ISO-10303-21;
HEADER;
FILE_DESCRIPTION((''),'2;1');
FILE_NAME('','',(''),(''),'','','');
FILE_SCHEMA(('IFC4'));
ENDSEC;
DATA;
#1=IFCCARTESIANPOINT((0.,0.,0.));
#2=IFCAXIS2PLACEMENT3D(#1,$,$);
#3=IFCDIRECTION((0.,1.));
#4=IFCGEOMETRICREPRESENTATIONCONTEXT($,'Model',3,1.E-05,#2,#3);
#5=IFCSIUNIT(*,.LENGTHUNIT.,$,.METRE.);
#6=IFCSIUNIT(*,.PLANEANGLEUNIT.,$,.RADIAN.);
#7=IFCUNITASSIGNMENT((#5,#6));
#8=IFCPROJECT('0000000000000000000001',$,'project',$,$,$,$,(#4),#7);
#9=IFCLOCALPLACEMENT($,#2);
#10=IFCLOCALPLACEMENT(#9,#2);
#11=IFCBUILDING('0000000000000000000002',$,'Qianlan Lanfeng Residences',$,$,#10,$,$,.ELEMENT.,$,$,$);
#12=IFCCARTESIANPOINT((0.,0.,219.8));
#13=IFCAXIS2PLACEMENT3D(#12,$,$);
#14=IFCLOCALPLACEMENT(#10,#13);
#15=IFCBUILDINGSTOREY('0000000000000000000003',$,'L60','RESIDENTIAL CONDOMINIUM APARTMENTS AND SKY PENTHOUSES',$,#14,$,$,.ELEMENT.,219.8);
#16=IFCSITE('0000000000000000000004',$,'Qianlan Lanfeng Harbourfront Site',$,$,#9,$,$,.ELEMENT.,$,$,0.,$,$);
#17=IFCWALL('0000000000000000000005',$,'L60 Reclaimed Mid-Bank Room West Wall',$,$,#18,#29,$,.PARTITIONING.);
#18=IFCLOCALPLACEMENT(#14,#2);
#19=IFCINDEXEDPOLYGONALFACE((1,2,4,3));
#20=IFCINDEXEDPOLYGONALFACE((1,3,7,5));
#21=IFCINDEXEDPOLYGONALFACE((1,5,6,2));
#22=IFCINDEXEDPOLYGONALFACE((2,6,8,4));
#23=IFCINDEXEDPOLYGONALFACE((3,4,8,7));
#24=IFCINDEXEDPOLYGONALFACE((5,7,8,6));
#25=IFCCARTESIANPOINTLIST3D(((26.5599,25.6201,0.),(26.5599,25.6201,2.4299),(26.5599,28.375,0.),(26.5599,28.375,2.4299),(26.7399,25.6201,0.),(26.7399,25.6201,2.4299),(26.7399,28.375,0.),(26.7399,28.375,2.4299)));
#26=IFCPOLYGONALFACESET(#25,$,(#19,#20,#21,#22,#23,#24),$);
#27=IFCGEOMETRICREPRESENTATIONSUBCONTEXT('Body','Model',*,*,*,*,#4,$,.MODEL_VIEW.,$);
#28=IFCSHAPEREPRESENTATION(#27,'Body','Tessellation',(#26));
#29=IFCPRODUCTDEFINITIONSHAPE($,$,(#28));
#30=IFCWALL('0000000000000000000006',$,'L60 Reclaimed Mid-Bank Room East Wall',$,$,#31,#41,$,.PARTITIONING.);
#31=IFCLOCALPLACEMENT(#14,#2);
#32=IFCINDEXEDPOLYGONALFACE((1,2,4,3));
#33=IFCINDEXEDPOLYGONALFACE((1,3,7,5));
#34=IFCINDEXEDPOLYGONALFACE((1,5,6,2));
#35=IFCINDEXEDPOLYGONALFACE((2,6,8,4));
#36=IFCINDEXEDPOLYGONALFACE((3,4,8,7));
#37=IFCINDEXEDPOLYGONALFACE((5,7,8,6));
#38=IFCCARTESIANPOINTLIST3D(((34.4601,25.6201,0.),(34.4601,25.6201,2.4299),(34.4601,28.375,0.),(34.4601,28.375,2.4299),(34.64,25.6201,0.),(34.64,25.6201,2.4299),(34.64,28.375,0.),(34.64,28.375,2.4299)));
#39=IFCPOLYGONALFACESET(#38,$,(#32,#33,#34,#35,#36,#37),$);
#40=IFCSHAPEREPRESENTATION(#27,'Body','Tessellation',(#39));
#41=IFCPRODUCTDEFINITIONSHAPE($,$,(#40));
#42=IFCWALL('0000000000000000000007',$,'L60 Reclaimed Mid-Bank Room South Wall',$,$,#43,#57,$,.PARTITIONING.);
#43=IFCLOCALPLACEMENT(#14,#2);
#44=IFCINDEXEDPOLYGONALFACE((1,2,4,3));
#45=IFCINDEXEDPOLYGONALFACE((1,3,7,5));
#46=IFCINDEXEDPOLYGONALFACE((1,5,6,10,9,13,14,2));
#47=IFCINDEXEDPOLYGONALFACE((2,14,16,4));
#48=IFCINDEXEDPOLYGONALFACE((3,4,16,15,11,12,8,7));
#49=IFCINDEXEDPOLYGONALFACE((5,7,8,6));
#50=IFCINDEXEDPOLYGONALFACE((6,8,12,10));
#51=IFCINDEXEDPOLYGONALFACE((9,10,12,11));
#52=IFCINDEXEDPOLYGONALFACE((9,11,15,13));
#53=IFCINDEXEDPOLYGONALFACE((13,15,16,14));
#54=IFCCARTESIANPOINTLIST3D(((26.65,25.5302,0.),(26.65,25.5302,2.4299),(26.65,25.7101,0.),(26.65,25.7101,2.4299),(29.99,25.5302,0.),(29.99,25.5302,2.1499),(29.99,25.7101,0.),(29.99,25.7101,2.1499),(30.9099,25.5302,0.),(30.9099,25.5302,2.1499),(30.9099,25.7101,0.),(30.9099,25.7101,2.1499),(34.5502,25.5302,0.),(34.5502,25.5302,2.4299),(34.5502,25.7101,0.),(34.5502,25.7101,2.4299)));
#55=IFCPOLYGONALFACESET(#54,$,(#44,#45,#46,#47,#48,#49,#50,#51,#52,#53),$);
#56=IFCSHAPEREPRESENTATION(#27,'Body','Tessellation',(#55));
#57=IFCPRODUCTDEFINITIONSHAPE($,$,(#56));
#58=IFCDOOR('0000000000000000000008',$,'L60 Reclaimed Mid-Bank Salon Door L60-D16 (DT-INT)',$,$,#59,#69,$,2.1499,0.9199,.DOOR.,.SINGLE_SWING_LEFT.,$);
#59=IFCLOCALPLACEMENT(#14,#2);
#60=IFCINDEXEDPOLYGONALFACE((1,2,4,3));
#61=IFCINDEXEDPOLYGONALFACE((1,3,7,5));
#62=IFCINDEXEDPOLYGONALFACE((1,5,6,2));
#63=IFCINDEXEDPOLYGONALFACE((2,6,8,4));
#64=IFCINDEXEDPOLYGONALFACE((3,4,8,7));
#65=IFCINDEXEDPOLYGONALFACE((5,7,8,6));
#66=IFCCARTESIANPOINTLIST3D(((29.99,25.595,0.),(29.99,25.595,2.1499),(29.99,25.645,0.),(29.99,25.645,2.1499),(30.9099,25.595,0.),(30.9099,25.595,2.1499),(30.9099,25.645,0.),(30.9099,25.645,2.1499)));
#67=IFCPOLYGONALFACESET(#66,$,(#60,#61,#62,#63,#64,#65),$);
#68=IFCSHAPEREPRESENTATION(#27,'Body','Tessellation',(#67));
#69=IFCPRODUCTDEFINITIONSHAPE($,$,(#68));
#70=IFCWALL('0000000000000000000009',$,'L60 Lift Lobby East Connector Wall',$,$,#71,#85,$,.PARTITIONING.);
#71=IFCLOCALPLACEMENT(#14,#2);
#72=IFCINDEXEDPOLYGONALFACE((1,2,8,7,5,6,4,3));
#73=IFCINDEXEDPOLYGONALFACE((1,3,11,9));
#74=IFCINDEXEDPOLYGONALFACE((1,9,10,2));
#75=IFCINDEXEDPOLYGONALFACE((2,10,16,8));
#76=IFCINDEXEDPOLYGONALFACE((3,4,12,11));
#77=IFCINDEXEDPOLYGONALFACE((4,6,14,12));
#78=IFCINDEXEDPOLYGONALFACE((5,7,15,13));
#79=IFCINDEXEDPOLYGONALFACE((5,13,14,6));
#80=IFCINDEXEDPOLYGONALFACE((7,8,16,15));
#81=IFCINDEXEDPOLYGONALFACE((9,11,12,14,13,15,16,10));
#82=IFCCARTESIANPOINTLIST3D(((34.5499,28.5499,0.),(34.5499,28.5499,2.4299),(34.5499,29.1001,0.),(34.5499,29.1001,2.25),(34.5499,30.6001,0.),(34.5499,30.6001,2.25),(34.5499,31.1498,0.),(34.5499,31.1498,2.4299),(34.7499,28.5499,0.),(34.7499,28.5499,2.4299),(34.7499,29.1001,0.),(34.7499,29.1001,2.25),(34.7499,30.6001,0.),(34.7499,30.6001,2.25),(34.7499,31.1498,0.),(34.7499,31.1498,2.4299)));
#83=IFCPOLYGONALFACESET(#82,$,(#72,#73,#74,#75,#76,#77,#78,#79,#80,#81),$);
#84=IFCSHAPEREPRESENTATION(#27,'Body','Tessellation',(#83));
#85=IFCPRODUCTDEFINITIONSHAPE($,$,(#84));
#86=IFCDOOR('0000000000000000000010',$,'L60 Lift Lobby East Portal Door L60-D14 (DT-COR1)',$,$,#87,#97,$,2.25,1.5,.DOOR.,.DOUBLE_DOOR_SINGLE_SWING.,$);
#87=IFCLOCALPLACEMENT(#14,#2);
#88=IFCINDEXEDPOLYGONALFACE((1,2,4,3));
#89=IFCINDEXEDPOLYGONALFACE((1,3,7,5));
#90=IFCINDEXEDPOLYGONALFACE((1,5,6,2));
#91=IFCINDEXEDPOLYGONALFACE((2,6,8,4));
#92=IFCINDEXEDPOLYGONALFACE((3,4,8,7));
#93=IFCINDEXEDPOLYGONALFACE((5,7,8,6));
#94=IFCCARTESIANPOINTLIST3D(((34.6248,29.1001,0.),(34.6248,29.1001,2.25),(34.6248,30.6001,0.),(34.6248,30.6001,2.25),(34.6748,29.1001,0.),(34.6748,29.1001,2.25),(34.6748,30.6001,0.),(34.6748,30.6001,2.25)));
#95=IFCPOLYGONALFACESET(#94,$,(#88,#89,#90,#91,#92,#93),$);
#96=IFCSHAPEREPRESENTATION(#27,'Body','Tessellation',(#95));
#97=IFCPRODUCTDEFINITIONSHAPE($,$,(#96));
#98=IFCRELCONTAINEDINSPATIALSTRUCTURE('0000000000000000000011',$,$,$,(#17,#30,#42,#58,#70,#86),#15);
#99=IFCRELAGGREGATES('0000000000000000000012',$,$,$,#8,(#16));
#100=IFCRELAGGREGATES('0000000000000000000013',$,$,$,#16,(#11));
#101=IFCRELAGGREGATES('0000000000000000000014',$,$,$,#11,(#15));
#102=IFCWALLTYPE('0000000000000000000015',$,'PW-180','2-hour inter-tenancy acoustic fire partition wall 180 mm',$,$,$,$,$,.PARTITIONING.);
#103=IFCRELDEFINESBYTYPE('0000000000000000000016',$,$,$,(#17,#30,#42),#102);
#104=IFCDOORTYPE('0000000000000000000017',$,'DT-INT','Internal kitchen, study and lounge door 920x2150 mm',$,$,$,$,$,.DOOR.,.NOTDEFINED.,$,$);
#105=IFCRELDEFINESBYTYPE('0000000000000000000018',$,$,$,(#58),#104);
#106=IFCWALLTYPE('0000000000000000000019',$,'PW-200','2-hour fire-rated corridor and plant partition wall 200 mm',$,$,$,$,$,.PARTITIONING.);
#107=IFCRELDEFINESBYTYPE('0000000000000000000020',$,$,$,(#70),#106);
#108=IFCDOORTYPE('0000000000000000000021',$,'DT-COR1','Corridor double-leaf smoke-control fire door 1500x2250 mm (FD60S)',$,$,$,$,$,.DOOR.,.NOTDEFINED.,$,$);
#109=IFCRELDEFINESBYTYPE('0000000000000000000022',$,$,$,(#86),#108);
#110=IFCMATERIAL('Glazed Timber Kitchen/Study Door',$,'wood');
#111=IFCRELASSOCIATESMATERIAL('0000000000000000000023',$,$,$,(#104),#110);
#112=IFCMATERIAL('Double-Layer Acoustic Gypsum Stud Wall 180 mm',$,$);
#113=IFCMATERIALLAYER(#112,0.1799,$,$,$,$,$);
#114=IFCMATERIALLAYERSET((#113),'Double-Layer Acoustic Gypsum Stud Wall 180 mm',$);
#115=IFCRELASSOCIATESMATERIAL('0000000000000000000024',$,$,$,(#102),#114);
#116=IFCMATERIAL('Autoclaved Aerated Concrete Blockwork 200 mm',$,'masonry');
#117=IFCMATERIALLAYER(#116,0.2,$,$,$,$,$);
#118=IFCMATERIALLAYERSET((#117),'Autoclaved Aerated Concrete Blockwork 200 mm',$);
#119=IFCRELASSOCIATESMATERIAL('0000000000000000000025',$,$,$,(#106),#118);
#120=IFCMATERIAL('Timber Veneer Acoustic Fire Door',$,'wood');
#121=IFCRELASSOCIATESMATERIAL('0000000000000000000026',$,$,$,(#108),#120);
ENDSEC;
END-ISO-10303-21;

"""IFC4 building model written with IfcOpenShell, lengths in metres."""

from ifc_helpers import new_model, si_unit, direction, frame, frame_2d, origin, place, context, subcontext, project, spatial, rectangle, extrude, material, layer, layer_set, type_object, element, fill, save


model = new_model("IFC4")

# Units and contexts
model_context = context("Model", 3, precision=1e-05, world=origin(), true_north=direction((0.0, 1.0)))
body_context = subcontext(model_context, "Body", "Model", "MODEL_VIEW")
ifc_project = project(units=[si_unit("LENGTHUNIT", "METRE"), si_unit("PLANEANGLEUNIT", "RADIAN")], contexts=[model_context])

# Site, building, storey
site_placement = place(None, origin())
site = spatial("IfcSite", under=ifc_project, at=site_placement, Name="Qianlan Lanfeng Harbourfront Site", CompositionType="ELEMENT", RefElevation=0.0)
building_placement = place(site_placement, origin())
building = spatial("IfcBuilding", under=site, at=building_placement, Name="Qianlan Lanfeng Residences", CompositionType="ELEMENT")
storey_placement = place(building_placement, frame((0.0, 0.0, 219.8)))
storey = spatial("IfcBuildingStorey", under=building, at=storey_placement, Name="L60", Description="RESIDENTIAL CONDOMINIUM APARTMENTS AND SKY PENTHOUSES", CompositionType="ELEMENT", Elevation=219.8)

# Shared definitions
ifc_material_1 = material(Name="Glazed Timber Kitchen/Study Door", Category="wood")
door_type_1 = type_object("IfcDoorType", Name="DT-INT", Description="Internal kitchen, study and lounge door 920x2150 mm", OperationType="NOTDEFINED", PredefinedType="DOOR", material=ifc_material_1)

# Shared definitions
ifc_material_2 = material(Name="Double-Layer Acoustic Gypsum Stud Wall 180 mm")
ifc_layer_1 = layer(ifc_material_2, 0.1799)
ifc_layer_set_1 = layer_set([ifc_layer_1], Name="Double-Layer Acoustic Gypsum Stud Wall 180 mm")
wall_type_1 = type_object("IfcWallType", Name="PW-180", Description="2-hour inter-tenancy acoustic fire partition wall 180 mm", PredefinedType="PARTITIONING", material=ifc_layer_set_1)

# Walls
for number, where, z_axis, x_axis, name in (
    (1, (26.6499, 25.6201, 0.0), (0.0, 0.0, 1.0), (0.0, 1.0, 0.0), "L60 Reclaimed Mid-Bank Room West Wall"),
    (2, (34.55, 25.6201, 0.0), (0.0, 0.0, 1.0), (0.0, 1.0, 0.0), "L60 Reclaimed Mid-Bank Room East Wall"),
):
    element("IfcWall", number, at=place(storey_placement, frame(where, z_axis=z_axis, x_axis=x_axis)), inside=storey, type_object=wall_type_1, Name=name, PredefinedType="PARTITIONING", context=body_context, shape_type="SweptSolid", body=[
        extrude(rectangle(XDim=2.7549, YDim=0.1799, at=frame_2d((1.3774, 0.0))), origin(), (0.0, 0.0, 1.0), 2.4299),
    ])

# Walls, openings, doors
wall_1_placement = place(storey_placement, frame((26.6499, 25.6201, 0.0), z_axis=(0.0, 0.0, 1.0), x_axis=(1.0, 0.0, 0.0)))
wall_1 = element("IfcWall", 3, at=wall_1_placement, inside=storey, type_object=wall_type_1, Name="L60 Reclaimed Mid-Bank Room South Wall", PredefinedType="PARTITIONING", context=body_context, shape_type="SweptSolid", body=[
    extrude(rectangle(XDim=7.9001, YDim=0.1799, at=frame_2d((3.9502, 0.0))), origin(), (0.0, 0.0, 1.0), 2.4299),
])
opening_1_placement = place(wall_1_placement, frame((3.3401, 0.0, 0.0)))
opening_1 = element("IfcOpeningElement", 4, at=opening_1_placement, cuts=wall_1, PredefinedType="OPENING", context=body_context, shape_type="SweptSolid", body=[
    extrude(rectangle(XDim=0.9199, YDim=2.1499, at=frame_2d((0.46, 1.075))), frame((0.0, 0.1001, 0.0), z_axis=(0.0, -1.0, 0.0), x_axis=(1.0, 0.0, 0.0)), (0.0, 0.0, 1.0), 0.2),
])
door_1_placement = place(opening_1_placement, origin())
door_1 = element("IfcDoor", 5, at=door_1_placement, inside=storey, type_object=door_type_1, Name="L60 Reclaimed Mid-Bank Salon Door L60-D16 (DT-INT)", OperationType="SINGLE_SWING_LEFT", OverallHeight=2.1499, OverallWidth=0.9199, PredefinedType="DOOR", context=body_context, shape_type="SweptSolid", body=[
    extrude(rectangle(XDim=0.9199, YDim=2.1499, at=frame_2d((0.46, 1.075))), frame((0.0, 0.0249, 0.0), z_axis=(0.0, -1.0, 0.0), x_axis=(1.0, 0.0, 0.0)), (0.0, 0.0, 1.0), 0.05),
])
fill(opening_1, door_1)
ifc_material_3 = material(Name="Autoclaved Aerated Concrete Blockwork 200 mm", Category="masonry")
ifc_layer_2 = layer(ifc_material_3, 0.2)
ifc_layer_set_2 = layer_set([ifc_layer_2], Name="Autoclaved Aerated Concrete Blockwork 200 mm")
wall_type_2 = type_object("IfcWallType", Name="PW-200", Description="2-hour fire-rated corridor and plant partition wall 200 mm", PredefinedType="PARTITIONING", material=ifc_layer_set_2)
wall_2_placement = place(storey_placement, frame((34.6499, 28.55, 0.0), z_axis=(0.0, 0.0, 1.0), x_axis=(0.0, 1.0, 0.0)))
wall_2 = element("IfcWall", 6, at=wall_2_placement, inside=storey, type_object=wall_type_2, Name="L60 Lift Lobby East Connector Wall", PredefinedType="PARTITIONING", context=body_context, shape_type="SweptSolid", body=[
    extrude(rectangle(XDim=2.5999, YDim=0.2, at=frame_2d((1.2998, 0.0))), origin(), (0.0, 0.0, 1.0), 2.4299),
])
opening_2_placement = place(wall_2_placement, frame((0.55, 0.0, 0.0)))
opening_2 = element("IfcOpeningElement", 7, at=opening_2_placement, cuts=wall_2, PredefinedType="OPENING", context=body_context, shape_type="SweptSolid", body=[
    extrude(rectangle(XDim=1.5, YDim=2.25, at=frame_2d((0.75, 1.125))), frame((0.0, 0.1099, 0.0), z_axis=(0.0, -1.0, 0.0), x_axis=(1.0, 0.0, 0.0)), (0.0, 0.0, 1.0), 0.22),
])
ifc_material_4 = material(Name="Timber Veneer Acoustic Fire Door", Category="wood")
door_type_2 = type_object("IfcDoorType", Name="DT-COR1", Description="Corridor double-leaf smoke-control fire door 1500x2250 mm (FD60S)", OperationType="NOTDEFINED", PredefinedType="DOOR", material=ifc_material_4)
door_2_placement = place(opening_2_placement, frame((1.5, 0.0, 0.0), z_axis=(0.0, 0.0, 1.0), x_axis=(-1.0, 0.0, 0.0)))
door_2 = element("IfcDoor", 8, at=door_2_placement, inside=storey, type_object=door_type_2, Name="L60 Lift Lobby East Portal Door L60-D14 (DT-COR1)", OperationType="DOUBLE_DOOR_SINGLE_SWING", OverallHeight=2.25, OverallWidth=1.5, PredefinedType="DOOR", context=body_context, shape_type="SweptSolid", body=[
    extrude(rectangle(XDim=1.5, YDim=2.25, at=frame_2d((0.75, 1.125))), frame((0.0, 0.0249, 0.0), z_axis=(0.0, -1.0, 0.0), x_axis=(1.0, 0.0, 0.0)), (0.0, 0.0, 1.0), 0.05),
])
fill(opening_2, door_2)

save(model, "model.ifc")
